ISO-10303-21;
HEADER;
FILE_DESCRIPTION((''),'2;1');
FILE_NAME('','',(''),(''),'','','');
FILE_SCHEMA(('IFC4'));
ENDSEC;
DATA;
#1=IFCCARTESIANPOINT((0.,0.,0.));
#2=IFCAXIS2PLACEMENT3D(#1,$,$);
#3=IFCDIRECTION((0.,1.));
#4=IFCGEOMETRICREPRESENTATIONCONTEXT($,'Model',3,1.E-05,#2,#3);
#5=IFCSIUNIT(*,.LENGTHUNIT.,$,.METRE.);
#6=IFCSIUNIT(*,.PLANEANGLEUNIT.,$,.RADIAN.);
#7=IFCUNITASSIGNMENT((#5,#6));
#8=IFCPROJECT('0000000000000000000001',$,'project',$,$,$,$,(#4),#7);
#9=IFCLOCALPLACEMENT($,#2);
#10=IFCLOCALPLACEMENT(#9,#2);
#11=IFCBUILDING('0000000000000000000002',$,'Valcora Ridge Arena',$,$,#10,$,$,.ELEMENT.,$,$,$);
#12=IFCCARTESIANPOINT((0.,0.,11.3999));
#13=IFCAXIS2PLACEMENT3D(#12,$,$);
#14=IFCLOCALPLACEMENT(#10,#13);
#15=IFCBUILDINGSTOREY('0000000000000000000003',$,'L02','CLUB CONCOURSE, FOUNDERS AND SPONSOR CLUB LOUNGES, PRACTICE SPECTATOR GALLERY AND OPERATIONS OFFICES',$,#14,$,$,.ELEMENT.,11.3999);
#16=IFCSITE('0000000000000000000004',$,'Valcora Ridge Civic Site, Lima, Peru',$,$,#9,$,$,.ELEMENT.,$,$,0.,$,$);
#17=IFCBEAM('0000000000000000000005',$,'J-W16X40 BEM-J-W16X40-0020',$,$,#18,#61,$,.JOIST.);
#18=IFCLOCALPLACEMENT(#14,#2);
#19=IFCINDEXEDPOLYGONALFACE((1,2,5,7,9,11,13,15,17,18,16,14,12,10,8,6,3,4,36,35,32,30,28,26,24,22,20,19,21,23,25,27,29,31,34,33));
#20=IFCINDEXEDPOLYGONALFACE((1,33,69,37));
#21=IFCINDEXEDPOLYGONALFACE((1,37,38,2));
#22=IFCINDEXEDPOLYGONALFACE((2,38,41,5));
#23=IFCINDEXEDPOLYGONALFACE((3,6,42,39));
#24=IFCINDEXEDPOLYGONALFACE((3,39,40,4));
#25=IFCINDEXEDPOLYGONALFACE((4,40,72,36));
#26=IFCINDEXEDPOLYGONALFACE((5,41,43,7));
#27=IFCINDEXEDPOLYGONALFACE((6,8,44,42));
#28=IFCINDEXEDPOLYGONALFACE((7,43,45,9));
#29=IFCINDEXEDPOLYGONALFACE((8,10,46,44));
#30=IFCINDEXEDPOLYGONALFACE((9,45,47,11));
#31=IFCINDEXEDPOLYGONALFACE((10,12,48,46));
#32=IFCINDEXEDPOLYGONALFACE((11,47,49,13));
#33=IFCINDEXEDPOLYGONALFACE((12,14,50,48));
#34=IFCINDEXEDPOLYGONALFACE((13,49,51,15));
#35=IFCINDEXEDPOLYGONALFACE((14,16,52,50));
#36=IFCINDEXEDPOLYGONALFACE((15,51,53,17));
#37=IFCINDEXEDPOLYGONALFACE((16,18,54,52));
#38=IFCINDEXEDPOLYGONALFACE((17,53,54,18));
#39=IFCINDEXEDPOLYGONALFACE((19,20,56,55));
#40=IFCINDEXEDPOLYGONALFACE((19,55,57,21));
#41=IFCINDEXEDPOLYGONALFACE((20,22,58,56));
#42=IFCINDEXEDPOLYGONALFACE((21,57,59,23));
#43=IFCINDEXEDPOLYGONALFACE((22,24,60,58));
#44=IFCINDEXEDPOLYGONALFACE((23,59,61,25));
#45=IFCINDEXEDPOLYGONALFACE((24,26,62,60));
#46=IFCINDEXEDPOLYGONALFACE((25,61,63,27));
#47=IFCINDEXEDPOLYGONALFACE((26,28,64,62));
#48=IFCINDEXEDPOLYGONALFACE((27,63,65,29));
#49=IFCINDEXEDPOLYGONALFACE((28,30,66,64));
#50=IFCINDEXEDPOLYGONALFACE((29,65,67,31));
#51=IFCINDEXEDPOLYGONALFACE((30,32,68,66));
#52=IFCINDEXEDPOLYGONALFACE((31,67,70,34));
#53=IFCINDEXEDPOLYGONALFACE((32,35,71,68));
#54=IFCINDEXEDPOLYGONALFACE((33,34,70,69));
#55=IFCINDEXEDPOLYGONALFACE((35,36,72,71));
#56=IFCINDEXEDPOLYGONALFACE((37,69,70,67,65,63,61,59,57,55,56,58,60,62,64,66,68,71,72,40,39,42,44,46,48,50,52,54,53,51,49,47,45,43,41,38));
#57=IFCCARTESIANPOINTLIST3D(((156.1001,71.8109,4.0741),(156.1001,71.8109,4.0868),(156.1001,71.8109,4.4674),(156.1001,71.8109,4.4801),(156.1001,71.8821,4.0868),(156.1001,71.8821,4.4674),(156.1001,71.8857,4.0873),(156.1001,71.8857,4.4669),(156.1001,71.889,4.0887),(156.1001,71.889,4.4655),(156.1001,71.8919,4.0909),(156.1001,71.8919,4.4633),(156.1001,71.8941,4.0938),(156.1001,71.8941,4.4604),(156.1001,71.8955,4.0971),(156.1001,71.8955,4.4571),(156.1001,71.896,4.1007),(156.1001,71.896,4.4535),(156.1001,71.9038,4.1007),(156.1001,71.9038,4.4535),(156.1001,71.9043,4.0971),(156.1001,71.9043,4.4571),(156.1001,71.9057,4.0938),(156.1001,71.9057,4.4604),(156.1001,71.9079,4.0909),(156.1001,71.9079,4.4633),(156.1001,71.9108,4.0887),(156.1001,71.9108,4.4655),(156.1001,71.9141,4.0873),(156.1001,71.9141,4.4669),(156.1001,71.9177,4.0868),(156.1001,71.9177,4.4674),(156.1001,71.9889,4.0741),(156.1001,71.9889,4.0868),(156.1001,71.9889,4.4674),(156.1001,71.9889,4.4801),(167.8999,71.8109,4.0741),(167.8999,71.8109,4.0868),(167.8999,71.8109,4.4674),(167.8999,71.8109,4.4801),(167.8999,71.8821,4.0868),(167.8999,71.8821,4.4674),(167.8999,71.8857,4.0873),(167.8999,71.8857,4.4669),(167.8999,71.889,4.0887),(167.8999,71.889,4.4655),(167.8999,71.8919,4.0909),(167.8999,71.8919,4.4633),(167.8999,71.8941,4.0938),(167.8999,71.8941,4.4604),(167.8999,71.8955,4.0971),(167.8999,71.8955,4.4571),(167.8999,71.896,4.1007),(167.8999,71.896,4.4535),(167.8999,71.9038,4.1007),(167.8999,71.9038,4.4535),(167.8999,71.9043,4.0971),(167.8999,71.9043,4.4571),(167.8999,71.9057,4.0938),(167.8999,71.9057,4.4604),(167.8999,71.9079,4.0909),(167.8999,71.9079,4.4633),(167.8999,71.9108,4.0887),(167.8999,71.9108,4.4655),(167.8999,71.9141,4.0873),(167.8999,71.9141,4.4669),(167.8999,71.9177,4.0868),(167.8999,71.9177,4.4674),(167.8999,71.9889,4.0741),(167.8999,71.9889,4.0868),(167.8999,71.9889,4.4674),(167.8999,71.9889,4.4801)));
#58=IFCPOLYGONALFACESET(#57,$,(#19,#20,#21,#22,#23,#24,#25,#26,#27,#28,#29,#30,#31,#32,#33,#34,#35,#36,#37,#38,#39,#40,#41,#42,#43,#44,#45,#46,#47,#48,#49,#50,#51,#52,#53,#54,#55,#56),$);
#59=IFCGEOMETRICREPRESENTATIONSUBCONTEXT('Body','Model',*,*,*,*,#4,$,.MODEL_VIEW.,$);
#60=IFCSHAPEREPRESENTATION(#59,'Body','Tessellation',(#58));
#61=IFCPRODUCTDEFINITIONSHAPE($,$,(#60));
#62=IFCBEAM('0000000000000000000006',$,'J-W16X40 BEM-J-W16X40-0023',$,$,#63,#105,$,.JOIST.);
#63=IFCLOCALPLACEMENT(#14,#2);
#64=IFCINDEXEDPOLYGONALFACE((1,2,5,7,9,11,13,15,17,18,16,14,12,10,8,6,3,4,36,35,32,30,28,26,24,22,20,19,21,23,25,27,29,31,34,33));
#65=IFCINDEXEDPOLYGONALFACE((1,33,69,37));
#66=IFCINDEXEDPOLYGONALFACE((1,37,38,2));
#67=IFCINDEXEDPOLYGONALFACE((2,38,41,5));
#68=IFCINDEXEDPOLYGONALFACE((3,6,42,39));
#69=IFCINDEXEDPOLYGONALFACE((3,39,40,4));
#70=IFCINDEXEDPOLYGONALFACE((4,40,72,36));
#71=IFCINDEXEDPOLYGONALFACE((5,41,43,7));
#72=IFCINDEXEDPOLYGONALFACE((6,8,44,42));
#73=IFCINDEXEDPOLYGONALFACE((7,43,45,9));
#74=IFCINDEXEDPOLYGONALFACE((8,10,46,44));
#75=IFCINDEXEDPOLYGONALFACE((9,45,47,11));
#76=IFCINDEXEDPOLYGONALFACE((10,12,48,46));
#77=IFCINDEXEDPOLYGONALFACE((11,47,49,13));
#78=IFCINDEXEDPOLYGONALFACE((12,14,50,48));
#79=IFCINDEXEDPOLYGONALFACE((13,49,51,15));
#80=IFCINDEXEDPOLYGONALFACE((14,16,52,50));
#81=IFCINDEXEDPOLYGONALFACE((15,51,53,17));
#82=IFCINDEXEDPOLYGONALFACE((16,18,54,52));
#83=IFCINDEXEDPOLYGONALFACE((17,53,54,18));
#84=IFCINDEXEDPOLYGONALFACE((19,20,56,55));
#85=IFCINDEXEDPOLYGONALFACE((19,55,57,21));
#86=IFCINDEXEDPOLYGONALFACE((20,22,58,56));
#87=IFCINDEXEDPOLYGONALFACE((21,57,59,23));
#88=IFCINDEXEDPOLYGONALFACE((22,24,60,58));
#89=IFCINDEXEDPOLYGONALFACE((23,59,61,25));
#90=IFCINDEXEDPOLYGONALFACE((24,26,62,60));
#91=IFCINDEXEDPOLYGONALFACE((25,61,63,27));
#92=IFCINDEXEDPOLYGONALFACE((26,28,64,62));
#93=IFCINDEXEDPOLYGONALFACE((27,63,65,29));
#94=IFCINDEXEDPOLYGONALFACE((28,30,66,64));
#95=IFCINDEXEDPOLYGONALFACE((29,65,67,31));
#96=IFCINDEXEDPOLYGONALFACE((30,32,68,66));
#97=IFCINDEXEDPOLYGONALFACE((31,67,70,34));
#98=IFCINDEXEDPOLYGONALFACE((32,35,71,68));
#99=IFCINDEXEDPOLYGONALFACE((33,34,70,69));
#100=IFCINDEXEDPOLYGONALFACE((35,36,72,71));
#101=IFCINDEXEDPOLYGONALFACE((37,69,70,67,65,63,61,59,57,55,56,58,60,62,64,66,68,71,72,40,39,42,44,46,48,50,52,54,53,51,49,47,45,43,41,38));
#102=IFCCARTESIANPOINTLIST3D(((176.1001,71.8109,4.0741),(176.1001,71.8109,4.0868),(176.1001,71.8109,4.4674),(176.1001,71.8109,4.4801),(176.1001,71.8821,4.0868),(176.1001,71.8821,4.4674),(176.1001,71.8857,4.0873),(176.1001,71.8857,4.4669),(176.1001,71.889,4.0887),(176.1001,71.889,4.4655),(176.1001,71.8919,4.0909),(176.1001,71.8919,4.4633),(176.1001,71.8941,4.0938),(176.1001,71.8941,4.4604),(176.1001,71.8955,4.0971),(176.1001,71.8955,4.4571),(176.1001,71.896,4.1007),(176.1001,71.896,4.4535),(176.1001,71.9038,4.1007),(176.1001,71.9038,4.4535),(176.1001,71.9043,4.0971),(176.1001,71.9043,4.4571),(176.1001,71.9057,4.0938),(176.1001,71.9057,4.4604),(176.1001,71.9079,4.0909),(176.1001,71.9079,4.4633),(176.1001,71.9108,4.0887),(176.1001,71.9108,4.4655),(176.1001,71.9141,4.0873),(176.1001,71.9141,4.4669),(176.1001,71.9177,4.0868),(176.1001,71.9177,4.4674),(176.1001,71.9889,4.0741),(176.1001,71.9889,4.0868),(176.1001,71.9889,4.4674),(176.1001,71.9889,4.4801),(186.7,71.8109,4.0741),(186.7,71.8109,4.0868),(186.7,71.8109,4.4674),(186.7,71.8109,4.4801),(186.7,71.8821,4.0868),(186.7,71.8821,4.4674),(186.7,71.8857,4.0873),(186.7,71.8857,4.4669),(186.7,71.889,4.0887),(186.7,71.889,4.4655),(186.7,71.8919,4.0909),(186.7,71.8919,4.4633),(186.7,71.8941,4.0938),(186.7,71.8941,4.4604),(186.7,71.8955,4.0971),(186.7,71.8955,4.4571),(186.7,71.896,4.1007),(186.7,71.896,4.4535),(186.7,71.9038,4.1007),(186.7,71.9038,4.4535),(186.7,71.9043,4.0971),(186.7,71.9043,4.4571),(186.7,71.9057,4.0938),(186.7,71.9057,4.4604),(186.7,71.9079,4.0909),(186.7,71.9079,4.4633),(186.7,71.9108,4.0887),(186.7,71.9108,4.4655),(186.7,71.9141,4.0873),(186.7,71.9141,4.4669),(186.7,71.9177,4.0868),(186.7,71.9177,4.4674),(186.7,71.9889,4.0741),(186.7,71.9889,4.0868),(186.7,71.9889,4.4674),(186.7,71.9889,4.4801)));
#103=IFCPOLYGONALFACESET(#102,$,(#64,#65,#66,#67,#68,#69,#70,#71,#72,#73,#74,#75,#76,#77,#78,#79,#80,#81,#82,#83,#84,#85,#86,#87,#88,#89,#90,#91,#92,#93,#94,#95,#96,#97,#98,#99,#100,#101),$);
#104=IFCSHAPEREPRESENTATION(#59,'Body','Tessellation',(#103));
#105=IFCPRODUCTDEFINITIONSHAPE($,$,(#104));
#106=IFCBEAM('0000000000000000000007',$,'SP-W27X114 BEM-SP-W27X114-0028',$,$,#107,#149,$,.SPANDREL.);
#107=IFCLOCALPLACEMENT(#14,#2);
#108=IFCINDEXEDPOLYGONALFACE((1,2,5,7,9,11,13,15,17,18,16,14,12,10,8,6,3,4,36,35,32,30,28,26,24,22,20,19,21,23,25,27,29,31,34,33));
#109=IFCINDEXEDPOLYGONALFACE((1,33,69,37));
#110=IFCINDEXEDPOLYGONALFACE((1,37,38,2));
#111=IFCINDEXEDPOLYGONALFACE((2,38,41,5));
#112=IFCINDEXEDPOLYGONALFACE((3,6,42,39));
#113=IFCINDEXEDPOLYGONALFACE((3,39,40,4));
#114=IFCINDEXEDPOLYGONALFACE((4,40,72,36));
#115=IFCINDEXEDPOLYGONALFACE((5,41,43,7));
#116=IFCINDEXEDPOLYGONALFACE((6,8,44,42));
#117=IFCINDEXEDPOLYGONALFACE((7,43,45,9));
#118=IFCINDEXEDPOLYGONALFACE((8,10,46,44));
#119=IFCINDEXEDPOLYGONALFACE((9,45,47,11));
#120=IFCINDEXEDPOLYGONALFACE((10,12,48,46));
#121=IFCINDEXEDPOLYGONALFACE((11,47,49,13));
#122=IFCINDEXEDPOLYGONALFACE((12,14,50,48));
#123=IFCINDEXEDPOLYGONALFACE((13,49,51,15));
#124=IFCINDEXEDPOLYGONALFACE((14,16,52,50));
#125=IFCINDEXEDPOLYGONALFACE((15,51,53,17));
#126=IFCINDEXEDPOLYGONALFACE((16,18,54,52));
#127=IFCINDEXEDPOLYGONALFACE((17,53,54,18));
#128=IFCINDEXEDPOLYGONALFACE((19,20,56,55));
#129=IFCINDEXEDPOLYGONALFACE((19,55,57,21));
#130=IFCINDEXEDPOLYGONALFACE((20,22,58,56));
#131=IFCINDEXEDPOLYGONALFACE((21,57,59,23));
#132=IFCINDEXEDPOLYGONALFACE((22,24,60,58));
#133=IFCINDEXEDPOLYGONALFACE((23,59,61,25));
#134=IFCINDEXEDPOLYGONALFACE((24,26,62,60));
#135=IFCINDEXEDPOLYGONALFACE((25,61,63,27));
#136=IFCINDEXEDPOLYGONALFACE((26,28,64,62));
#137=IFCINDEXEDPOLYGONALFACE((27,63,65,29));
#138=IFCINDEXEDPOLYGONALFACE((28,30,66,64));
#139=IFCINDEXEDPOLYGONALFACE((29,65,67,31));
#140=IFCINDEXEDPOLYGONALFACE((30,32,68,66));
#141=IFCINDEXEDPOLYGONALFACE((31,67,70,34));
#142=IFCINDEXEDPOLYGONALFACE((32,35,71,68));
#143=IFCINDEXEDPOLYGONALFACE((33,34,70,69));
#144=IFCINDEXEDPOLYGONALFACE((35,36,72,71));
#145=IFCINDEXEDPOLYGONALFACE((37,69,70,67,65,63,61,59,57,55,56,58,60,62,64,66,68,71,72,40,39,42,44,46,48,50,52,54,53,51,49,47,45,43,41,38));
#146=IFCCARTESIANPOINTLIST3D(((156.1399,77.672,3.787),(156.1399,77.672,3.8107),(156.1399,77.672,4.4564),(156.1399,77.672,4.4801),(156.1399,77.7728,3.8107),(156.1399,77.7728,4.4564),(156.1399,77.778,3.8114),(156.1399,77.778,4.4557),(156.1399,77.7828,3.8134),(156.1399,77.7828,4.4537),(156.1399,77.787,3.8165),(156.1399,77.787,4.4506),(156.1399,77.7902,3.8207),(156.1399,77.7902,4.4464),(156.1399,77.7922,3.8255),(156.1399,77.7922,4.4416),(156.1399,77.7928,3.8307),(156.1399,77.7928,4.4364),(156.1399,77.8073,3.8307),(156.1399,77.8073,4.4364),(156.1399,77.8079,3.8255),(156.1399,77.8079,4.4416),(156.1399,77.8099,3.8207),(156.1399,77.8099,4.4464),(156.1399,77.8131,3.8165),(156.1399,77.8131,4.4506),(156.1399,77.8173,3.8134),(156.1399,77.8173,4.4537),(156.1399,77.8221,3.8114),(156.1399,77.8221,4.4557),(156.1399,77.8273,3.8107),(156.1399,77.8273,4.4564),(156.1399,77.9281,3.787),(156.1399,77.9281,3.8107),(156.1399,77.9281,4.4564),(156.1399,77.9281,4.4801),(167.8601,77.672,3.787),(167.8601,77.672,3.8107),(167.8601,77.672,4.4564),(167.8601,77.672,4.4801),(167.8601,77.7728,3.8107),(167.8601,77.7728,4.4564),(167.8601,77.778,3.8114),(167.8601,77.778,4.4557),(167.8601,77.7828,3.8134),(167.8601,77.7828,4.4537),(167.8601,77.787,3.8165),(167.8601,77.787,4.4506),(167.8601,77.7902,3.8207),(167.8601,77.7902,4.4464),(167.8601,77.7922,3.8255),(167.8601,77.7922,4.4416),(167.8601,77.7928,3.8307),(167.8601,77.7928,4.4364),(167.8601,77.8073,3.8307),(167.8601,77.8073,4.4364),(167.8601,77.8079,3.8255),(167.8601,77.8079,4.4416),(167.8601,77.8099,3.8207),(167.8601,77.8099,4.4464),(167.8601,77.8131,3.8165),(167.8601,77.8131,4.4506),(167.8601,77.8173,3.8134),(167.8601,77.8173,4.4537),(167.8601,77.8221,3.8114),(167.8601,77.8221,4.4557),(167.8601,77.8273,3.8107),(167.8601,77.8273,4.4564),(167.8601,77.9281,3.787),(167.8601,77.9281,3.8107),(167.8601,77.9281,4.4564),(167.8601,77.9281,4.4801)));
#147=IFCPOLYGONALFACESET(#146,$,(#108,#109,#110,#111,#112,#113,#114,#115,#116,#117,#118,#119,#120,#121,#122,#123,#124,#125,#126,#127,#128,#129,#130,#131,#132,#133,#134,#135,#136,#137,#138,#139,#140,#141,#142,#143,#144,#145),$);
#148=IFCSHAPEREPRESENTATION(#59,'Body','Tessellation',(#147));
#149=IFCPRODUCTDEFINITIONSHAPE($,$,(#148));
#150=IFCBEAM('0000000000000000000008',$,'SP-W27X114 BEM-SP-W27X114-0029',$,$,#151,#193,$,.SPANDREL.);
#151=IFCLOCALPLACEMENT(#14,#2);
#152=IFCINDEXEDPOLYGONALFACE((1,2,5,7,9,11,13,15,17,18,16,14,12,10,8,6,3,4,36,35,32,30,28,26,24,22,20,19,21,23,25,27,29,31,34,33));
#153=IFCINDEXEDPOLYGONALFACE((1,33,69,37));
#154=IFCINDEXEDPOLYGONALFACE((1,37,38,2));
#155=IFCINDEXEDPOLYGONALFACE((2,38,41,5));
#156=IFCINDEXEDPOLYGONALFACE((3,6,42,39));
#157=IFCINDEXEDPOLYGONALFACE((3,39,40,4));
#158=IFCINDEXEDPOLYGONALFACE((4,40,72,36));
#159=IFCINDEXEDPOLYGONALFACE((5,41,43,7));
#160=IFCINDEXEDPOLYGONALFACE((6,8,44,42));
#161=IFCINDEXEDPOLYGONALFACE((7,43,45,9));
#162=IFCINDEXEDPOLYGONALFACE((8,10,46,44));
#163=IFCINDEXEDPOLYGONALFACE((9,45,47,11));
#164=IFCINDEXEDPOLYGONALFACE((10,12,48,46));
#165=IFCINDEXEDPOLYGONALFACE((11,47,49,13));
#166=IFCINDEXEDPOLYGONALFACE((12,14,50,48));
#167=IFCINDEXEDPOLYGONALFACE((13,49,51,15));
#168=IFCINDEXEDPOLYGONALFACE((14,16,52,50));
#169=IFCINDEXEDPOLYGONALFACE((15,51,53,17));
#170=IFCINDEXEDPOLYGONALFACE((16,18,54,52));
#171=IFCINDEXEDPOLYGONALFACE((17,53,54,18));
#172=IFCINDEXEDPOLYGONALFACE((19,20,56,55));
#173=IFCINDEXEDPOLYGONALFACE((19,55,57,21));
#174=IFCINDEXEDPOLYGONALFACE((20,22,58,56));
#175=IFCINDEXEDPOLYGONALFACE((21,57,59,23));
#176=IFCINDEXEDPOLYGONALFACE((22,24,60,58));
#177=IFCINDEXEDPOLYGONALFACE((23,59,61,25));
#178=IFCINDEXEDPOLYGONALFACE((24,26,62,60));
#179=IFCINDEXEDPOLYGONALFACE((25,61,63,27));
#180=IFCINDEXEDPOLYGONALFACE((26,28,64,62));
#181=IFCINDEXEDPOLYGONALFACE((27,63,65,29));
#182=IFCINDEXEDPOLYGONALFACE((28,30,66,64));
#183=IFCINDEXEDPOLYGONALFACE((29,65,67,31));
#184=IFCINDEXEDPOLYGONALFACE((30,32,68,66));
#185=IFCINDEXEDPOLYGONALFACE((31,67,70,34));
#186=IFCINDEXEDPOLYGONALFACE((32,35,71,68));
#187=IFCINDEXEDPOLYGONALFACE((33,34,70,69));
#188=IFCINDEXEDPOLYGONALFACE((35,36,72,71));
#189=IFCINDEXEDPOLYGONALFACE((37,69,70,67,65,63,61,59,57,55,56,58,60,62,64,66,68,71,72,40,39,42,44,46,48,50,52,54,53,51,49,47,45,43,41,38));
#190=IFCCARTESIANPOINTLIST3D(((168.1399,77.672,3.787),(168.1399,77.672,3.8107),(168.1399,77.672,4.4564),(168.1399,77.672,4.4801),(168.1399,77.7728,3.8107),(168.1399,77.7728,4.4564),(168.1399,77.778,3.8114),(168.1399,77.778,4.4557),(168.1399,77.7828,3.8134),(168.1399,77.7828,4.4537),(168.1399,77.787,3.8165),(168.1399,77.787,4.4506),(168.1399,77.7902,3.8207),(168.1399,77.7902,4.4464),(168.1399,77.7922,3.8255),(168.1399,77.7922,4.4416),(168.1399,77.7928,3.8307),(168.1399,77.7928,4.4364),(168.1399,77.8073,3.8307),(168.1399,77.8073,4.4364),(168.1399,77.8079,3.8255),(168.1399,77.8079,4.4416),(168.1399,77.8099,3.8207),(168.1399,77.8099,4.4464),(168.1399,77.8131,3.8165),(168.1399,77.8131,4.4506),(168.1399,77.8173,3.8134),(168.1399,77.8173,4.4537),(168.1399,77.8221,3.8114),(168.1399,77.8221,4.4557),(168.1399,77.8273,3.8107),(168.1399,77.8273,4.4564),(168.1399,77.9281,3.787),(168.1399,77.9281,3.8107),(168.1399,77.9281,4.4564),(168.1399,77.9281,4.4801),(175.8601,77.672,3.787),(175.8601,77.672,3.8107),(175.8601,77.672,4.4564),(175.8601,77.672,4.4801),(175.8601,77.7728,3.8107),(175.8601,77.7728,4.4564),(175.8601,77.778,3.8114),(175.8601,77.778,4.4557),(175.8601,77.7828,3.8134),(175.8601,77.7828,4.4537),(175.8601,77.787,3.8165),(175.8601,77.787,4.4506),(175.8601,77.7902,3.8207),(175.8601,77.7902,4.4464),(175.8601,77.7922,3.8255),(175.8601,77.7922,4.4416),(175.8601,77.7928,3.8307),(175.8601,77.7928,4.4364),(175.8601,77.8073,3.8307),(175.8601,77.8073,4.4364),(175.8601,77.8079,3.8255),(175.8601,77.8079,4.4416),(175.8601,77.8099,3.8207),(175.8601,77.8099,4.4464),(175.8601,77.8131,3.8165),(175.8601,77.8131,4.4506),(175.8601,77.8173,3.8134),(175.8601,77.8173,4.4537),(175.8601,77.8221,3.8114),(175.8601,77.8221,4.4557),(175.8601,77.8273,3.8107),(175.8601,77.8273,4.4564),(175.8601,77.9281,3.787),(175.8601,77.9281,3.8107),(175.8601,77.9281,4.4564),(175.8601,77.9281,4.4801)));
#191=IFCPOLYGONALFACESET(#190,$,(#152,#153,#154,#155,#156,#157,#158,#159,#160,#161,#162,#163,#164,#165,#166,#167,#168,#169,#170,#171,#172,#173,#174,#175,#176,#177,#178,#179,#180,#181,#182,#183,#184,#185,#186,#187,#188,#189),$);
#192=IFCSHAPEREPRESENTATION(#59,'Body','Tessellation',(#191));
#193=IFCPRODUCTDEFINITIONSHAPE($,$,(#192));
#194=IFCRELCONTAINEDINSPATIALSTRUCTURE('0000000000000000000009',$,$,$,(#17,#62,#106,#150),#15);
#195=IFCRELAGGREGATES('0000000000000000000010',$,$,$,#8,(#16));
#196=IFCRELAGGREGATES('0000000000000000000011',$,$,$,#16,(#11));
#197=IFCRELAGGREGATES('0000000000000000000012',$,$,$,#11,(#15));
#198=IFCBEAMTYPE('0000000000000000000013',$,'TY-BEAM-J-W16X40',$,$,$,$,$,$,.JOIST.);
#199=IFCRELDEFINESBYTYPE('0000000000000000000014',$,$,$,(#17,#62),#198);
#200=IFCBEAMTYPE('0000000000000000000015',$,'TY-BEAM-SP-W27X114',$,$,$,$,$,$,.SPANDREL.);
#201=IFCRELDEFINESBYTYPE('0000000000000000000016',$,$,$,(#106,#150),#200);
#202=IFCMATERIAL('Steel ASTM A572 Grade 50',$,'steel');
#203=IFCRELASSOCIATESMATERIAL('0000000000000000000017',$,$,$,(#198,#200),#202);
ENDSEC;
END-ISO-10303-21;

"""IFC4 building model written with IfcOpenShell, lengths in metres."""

from ifc_helpers import new_model, si_unit, direction, frame, origin, origin_2d, place, context, subcontext, project, spatial, i_section, extrude, material, material_profile, profile_set, type_object, element, save


model = new_model("IFC4")

# Units and contexts
model_context = context("Model", 3, precision=1e-05, world=origin(), true_north=direction((0.0, 1.0)))
body_context = subcontext(model_context, "Body", "Model", "MODEL_VIEW")
ifc_project = project(units=[si_unit("LENGTHUNIT", "METRE"), si_unit("PLANEANGLEUNIT", "RADIAN")], contexts=[model_context])

# Site, building, storey
site_placement = place(None, origin())
site = spatial("IfcSite", under=ifc_project, at=site_placement, Name="Valcora Ridge Civic Site, Lima, Peru", CompositionType="ELEMENT", RefElevation=0.0)
building_placement = place(site_placement, origin())
building = spatial("IfcBuilding", under=site, at=building_placement, Name="Valcora Ridge Arena", CompositionType="ELEMENT")
storey_placement = place(building_placement, frame((0.0, 0.0, 11.3999)))
storey = spatial("IfcBuildingStorey", under=building, at=storey_placement, Name="L02", Description="CLUB CONCOURSE, FOUNDERS AND SPONSOR CLUB LOUNGES, PRACTICE SPECTATOR GALLERY AND OPERATIONS OFFICES", CompositionType="ELEMENT", Elevation=11.3999)

# Shared definitions
ifc_material_1 = material(Name="Steel ASTM A572 Grade 50", Category="steel")

# Beams
ifc_material_profile_1 = material_profile(ifc_material_1, i_section(OverallWidth=0.178, OverallDepth=0.406, WebThickness=0.0078, FlangeThickness=0.0127, FilletRadius=0.0139, at=origin_2d()), Name="W16X40")
ifc_profile_set_1 = profile_set([ifc_material_profile_1], Name="Steel ASTM A572 Grade 50")
beam_type_1 = type_object("IfcBeamType", Name="TY-BEAM-J-W16X40", PredefinedType="JOIST", material=ifc_profile_set_1)
beam_1_placement = place(storey_placement, frame((156.1001, 71.8999, 4.2771), z_axis=(1.0, 0.0, 0.0), x_axis=(0.0, 1.0, 0.0)))
element("IfcBeam", 1, at=beam_1_placement, inside=storey, type_object=beam_type_1, Name="J-W16X40 BEM-J-W16X40-0020", PredefinedType="JOIST", context=body_context, shape_type="SweptSolid", body=[
    extrude(i_section(OverallWidth=0.178, OverallDepth=0.406, WebThickness=0.0078, FlangeThickness=0.0127, FilletRadius=0.0139, at=origin_2d()), origin(), (0.0, 0.0, 1.0), 11.7998),
])
beam_2_placement = place(storey_placement, frame((176.1001, 71.8999, 4.2771), z_axis=(1.0, 0.0, 0.0), x_axis=(0.0, 1.0, 0.0)))
element("IfcBeam", 2, at=beam_2_placement, inside=storey, type_object=beam_type_1, Name="J-W16X40 BEM-J-W16X40-0023", PredefinedType="JOIST", context=body_context, shape_type="SweptSolid", body=[
    extrude(i_section(OverallWidth=0.178, OverallDepth=0.406, WebThickness=0.0078, FlangeThickness=0.0127, FilletRadius=0.0139, at=origin_2d()), origin(), (0.0, 0.0, 1.0), 10.5999),
])
ifc_material_profile_2 = material_profile(ifc_material_1, i_section(OverallWidth=0.2561, OverallDepth=0.6931, WebThickness=0.0144, FlangeThickness=0.0237, FilletRadius=0.02, at=origin_2d()), Name="W27X114")
ifc_profile_set_2 = profile_set([ifc_material_profile_2], Name="Steel ASTM A572 Grade 50")
beam_type_2 = type_object("IfcBeamType", Name="TY-BEAM-SP-W27X114", PredefinedType="SPANDREL", material=ifc_profile_set_2)
beam_3_placement = place(storey_placement, frame((156.1399, 77.8, 4.1335), z_axis=(1.0, 0.0, 0.0), x_axis=(0.0, 1.0, 0.0)))
element("IfcBeam", 3, at=beam_3_placement, inside=storey, type_object=beam_type_2, Name="SP-W27X114 BEM-SP-W27X114-0028", PredefinedType="SPANDREL", context=body_context, shape_type="SweptSolid", body=[
    extrude(i_section(OverallWidth=0.2561, OverallDepth=0.6931, WebThickness=0.0144, FlangeThickness=0.0237, FilletRadius=0.02, at=origin_2d()), origin(), (0.0, 0.0, 1.0), 11.7202),
])
beam_4_placement = place(storey_placement, frame((168.1399, 77.8, 4.1335), z_axis=(1.0, 0.0, 0.0), x_axis=(0.0, 1.0, 0.0)))
element("IfcBeam", 4, at=beam_4_placement, inside=storey, type_object=beam_type_2, Name="SP-W27X114 BEM-SP-W27X114-0029", PredefinedType="SPANDREL", context=body_context, shape_type="SweptSolid", body=[
    extrude(i_section(OverallWidth=0.2561, OverallDepth=0.6931, WebThickness=0.0144, FlangeThickness=0.0237, FilletRadius=0.02, at=origin_2d()), origin(), (0.0, 0.0, 1.0), 7.7202),
])

save(model, "model.ifc")
